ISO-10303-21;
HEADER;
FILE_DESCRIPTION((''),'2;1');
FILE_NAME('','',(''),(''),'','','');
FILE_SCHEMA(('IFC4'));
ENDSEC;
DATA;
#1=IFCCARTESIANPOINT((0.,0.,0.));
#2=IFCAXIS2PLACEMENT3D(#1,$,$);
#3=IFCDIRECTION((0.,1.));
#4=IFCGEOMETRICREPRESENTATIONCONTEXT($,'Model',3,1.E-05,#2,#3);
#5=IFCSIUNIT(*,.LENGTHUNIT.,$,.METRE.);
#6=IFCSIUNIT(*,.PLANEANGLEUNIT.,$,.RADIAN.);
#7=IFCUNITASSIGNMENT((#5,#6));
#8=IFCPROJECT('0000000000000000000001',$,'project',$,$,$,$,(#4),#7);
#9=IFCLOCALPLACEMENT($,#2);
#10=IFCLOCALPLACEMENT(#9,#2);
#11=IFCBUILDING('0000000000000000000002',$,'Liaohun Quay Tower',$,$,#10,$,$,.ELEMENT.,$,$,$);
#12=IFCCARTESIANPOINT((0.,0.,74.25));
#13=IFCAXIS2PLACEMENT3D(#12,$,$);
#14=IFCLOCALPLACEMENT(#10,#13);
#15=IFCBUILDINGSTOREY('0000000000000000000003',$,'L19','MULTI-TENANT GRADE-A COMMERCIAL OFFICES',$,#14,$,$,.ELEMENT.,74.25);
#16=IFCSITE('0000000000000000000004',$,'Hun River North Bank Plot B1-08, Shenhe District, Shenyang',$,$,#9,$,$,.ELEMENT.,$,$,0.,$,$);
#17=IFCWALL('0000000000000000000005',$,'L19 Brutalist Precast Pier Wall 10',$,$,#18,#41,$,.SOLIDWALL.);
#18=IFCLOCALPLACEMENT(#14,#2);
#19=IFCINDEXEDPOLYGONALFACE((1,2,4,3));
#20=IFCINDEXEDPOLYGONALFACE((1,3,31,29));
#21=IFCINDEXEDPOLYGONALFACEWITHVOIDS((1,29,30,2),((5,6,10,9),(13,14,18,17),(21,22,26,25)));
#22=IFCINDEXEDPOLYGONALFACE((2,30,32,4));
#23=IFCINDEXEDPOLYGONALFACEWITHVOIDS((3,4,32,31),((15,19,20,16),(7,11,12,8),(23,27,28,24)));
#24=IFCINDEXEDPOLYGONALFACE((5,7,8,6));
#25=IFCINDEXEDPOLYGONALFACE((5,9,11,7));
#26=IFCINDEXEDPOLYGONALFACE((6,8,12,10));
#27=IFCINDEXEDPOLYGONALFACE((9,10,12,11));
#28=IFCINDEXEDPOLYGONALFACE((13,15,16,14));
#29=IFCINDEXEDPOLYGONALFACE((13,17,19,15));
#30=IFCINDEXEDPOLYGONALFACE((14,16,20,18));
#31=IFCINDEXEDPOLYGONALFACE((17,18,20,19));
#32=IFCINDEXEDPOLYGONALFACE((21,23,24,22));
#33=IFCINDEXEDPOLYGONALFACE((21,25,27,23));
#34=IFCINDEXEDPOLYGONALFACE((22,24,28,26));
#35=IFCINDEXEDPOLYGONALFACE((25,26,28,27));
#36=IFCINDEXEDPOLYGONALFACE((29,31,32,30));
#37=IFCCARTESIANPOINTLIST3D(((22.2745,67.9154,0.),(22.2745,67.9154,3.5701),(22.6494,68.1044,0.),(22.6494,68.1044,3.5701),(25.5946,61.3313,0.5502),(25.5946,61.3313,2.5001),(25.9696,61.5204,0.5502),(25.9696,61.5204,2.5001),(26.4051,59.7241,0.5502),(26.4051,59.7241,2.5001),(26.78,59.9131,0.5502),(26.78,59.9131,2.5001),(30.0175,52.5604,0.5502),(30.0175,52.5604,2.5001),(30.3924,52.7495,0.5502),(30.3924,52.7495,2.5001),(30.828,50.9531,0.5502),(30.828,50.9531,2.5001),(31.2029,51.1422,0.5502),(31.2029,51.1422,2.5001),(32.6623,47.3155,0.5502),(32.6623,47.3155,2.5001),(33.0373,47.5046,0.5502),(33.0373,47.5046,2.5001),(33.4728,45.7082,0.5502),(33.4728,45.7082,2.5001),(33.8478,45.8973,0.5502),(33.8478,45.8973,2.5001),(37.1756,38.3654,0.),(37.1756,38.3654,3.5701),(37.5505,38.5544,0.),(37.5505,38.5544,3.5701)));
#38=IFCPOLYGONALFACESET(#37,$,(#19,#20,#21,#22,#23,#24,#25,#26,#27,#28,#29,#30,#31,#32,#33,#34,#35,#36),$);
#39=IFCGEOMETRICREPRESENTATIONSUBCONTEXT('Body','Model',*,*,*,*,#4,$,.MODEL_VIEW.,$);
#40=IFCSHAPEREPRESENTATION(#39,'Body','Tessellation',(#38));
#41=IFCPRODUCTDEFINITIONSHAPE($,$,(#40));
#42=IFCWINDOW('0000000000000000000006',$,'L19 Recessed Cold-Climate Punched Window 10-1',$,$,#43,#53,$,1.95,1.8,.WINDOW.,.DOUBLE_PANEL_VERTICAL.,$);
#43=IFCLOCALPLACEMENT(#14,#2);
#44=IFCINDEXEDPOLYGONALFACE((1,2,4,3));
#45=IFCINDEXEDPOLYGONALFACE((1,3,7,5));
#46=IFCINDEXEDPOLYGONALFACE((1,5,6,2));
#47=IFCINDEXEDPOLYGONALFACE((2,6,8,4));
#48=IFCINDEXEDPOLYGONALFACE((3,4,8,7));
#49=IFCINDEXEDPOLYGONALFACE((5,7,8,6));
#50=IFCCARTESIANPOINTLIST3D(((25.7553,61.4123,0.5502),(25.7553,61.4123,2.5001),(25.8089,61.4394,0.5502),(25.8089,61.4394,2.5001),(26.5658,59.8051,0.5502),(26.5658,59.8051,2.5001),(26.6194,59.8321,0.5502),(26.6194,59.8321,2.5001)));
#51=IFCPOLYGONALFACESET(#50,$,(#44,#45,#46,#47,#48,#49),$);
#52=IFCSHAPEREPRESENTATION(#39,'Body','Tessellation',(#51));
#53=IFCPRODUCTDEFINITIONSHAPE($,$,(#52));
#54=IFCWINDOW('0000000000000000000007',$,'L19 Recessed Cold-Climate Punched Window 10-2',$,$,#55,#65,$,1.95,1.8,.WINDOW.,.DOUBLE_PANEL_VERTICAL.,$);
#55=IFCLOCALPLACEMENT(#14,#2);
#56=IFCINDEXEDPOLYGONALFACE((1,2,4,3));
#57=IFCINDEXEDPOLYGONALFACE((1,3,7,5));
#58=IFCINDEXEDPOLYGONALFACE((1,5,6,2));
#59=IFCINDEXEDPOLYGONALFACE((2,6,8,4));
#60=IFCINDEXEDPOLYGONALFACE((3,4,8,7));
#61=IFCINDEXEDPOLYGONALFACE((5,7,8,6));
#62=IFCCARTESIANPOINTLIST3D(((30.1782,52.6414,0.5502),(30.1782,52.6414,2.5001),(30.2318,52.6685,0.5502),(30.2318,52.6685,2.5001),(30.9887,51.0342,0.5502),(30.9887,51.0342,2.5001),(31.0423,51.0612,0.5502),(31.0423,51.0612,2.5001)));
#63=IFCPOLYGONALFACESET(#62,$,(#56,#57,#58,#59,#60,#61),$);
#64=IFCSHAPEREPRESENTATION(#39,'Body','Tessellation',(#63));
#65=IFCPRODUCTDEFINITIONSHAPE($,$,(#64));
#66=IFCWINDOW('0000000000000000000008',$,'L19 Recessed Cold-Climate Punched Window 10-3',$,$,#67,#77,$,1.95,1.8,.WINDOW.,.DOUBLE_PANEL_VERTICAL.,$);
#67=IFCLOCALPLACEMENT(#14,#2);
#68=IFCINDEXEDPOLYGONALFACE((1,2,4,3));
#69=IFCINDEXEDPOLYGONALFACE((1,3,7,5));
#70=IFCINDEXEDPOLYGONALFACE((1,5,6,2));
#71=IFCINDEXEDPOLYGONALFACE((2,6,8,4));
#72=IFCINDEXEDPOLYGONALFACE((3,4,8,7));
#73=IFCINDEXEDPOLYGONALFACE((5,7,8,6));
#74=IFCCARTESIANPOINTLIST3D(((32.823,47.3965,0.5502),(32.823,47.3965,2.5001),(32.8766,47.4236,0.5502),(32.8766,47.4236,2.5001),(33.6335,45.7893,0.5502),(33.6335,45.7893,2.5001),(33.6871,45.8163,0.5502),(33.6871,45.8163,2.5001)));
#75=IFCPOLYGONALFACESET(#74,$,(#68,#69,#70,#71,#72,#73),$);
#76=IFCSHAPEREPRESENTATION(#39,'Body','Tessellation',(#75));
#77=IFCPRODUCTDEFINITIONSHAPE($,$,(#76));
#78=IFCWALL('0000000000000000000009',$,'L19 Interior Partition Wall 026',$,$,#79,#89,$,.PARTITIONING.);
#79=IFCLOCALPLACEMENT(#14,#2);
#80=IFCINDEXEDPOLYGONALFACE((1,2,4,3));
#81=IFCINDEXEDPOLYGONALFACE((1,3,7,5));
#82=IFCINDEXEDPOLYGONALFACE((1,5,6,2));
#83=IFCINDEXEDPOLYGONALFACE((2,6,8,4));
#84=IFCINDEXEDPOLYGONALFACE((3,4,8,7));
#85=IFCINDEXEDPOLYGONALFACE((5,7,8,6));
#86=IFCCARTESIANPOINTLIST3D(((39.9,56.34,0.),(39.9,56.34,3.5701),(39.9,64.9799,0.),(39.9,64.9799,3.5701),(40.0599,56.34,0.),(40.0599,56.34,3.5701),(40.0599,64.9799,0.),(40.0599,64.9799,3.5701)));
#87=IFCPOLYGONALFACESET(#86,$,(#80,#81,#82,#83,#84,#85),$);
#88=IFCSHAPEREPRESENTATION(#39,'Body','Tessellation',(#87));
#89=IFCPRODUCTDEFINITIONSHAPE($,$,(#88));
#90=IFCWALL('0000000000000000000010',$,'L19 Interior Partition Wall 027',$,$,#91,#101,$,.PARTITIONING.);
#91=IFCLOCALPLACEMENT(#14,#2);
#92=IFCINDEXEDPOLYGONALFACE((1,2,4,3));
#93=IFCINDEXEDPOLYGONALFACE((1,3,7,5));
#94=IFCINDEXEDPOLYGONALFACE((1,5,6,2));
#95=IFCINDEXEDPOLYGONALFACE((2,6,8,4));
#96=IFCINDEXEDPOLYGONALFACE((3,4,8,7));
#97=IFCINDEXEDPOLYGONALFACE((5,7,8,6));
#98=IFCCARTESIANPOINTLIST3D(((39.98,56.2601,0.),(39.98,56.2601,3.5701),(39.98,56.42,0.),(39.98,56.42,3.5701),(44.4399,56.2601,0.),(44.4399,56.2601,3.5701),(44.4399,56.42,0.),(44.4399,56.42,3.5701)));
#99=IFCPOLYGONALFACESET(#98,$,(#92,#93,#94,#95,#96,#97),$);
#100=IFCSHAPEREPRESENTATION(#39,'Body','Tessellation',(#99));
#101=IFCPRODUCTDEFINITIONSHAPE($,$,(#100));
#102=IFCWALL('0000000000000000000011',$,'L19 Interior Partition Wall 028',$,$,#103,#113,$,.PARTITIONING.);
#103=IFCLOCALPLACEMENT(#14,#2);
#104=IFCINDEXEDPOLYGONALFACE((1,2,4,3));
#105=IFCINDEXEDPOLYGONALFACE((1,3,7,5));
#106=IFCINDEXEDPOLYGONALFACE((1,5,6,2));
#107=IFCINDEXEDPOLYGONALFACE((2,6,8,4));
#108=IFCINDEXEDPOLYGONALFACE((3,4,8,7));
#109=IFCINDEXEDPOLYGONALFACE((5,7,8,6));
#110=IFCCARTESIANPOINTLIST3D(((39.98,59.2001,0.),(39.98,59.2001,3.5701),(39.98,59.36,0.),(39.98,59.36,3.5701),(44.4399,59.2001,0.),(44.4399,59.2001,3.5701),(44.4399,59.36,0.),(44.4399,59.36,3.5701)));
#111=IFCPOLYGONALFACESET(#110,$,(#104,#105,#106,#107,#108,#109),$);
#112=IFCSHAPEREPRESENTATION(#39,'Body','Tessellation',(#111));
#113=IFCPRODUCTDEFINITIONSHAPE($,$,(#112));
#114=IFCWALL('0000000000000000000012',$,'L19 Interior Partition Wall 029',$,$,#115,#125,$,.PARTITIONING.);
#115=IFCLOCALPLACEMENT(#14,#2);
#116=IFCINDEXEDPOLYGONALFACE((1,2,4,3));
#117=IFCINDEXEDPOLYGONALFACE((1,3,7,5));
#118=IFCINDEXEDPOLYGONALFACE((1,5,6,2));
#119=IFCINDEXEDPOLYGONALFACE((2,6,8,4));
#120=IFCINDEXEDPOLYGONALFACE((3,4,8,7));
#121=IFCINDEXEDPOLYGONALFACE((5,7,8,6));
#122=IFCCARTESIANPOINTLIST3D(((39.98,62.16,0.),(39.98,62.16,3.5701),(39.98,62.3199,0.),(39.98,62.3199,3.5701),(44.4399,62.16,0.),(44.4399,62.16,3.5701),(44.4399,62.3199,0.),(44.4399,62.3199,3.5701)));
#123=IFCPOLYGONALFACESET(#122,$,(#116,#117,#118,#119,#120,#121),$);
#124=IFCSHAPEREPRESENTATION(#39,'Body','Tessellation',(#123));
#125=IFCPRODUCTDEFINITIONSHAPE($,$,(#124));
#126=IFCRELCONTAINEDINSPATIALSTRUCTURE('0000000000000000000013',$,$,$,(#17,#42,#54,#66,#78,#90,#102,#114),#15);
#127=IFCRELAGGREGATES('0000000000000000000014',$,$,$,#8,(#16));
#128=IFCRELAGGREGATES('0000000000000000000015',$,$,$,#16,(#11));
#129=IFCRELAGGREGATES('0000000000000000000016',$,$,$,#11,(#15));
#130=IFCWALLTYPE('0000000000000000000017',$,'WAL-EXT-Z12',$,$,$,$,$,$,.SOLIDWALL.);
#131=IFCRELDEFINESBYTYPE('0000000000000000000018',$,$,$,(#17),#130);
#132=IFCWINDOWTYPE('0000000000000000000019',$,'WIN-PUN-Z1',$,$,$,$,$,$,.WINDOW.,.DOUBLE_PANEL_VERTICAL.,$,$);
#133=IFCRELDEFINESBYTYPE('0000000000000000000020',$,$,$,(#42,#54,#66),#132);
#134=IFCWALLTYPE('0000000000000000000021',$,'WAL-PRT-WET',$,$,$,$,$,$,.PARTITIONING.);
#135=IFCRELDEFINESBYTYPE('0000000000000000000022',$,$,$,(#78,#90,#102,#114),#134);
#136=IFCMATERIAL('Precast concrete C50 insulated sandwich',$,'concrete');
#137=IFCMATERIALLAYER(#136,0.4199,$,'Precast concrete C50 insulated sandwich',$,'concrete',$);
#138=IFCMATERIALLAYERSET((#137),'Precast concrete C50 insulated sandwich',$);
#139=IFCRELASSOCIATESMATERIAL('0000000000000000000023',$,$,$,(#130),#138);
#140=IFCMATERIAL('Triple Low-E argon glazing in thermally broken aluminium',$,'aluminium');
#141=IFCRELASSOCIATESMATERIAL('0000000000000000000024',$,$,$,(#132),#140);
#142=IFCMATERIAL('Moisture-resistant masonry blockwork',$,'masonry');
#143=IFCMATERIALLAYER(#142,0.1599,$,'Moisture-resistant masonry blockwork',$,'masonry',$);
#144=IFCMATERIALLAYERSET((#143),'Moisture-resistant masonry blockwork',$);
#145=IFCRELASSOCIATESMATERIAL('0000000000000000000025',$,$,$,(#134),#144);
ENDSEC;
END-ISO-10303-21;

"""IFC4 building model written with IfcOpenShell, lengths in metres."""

from ifc_helpers import new_model, si_unit, direction, frame, frame_2d, origin, place, context, subcontext, project, spatial, rectangle, extrude, source, transform, mapped, material, layer, layer_set, type_object, element, fill, save


model = new_model("IFC4")

# Units and contexts
model_context = context("Model", 3, precision=1e-05, world=origin(), true_north=direction((0.0, 1.0)))
body_context = subcontext(model_context, "Body", "Model", "MODEL_VIEW")
ifc_project = project(units=[si_unit("LENGTHUNIT", "METRE"), si_unit("PLANEANGLEUNIT", "RADIAN")], contexts=[model_context])

# Site, building, storey
site_placement = place(None, origin())
site = spatial("IfcSite", under=ifc_project, at=site_placement, Name="Hun River North Bank Plot B1-08, Shenhe District, Shenyang", CompositionType="ELEMENT", RefElevation=0.0)
building_placement = place(site_placement, origin())
building = spatial("IfcBuilding", under=site, at=building_placement, Name="Liaohun Quay Tower", CompositionType="ELEMENT")
storey_placement = place(building_placement, frame((0.0, 0.0, 74.25)))
storey = spatial("IfcBuildingStorey", under=building, at=storey_placement, Name="L19", Description="MULTI-TENANT GRADE-A COMMERCIAL OFFICES", CompositionType="ELEMENT", Elevation=74.25)

# Shared definitions
ifc_material_1 = material(Name="Precast concrete C50 insulated sandwich", Category="concrete")
ifc_layer_1 = layer(ifc_material_1, 0.4199, Name="Precast concrete C50 insulated sandwich", Category="concrete")
ifc_layer_set_1 = layer_set([ifc_layer_1], Name="Precast concrete C50 insulated sandwich")
wall_type_1 = type_object("IfcWallType", Name="WAL-EXT-Z12", PredefinedType="SOLIDWALL", material=ifc_layer_set_1)

# Wall, openings, windows
wall_1_placement = place(storey_placement, frame((22.4619, 68.01, 0.0), z_axis=(0.0, 0.0, 1.0), x_axis=(0.450259, -0.892898, 0.0)))
wall_1 = element("IfcWall", 1, at=wall_1_placement, inside=storey, type_object=wall_type_1, Name="L19 Brutalist Precast Pier Wall 10", PredefinedType="SOLIDWALL", context=body_context, shape_type="SweptSolid", body=[
    extrude(rectangle(XDim=33.0945, YDim=0.4199, at=frame_2d((16.5474, 0.0))), origin(), (0.0, 0.0, 1.0), 3.5701),
])
shared_shape_1 = source(origin(), body_context, "Body", "SweptSolid", [
    extrude(rectangle(XDim=1.8, YDim=1.95, at=frame_2d((0.8999, 0.9751))), frame((0.0, 0.22, 0.0), z_axis=(0.0, -1.0, 0.0), x_axis=(1.0, 0.0, 0.0)), (0.0, 0.0, 1.0), 0.4399),
])
opening_1_placement = place(wall_1_placement, frame((7.374, 0.0, 0.55)))
opening_1 = element("IfcOpeningElement", 2, at=opening_1_placement, cuts=wall_1, PredefinedType="OPENING", context=body_context, shape_type="MappedRepresentation", body=[
    mapped(shared_shape_1, transform((0.0, 0.0, 0.0), x_axis=(1.0, 0.0, 0.0), y_axis=(0.0, 1.0, 0.0), z_axis=(0.0, 0.0, 1.0), scale=1.0)),
])
opening_2_placement = place(wall_1_placement, frame((17.197, 0.0, 0.55)))
opening_2 = element("IfcOpeningElement", 3, at=opening_2_placement, cuts=wall_1, PredefinedType="OPENING", context=body_context, shape_type="MappedRepresentation", body=[
    mapped(shared_shape_1, transform((0.0, 0.0, 0.0), x_axis=(1.0, 0.0, 0.0), y_axis=(0.0, 1.0, 0.0), z_axis=(0.0, 0.0, 1.0), scale=1.0)),
])
opening_3_placement = place(wall_1_placement, frame((23.071, 0.0, 0.55)))
opening_3 = element("IfcOpeningElement", 4, at=opening_3_placement, cuts=wall_1, PredefinedType="OPENING", context=body_context, shape_type="MappedRepresentation", body=[
    mapped(shared_shape_1, transform((0.0, 0.0, 0.0), x_axis=(1.0, 0.0, 0.0), y_axis=(0.0, 1.0, 0.0), z_axis=(0.0, 0.0, 1.0), scale=1.0)),
])
ifc_material_2 = material(Name="Triple Low-E argon glazing in thermally broken aluminium", Category="aluminium")
window_type_1 = type_object("IfcWindowType", Name="WIN-PUN-Z1", PartitioningType="DOUBLE_PANEL_VERTICAL", PredefinedType="WINDOW", material=ifc_material_2)
shared_shape_2 = source(origin(), body_context, "Body", "SweptSolid", [
    extrude(rectangle(XDim=1.8, YDim=1.95, at=frame_2d((0.8999, 0.9751))), frame((0.0, 0.03, 0.0), z_axis=(0.0, -1.0, 0.0), x_axis=(1.0, 0.0, 0.0)), (0.0, 0.0, 1.0), 0.0601),
])
window_1_placement = place(opening_1_placement, origin())
window_1 = element("IfcWindow", 5, at=window_1_placement, inside=storey, type_object=window_type_1, Name="L19 Recessed Cold-Climate Punched Window 10-1", OverallHeight=1.95, OverallWidth=1.8, PartitioningType="DOUBLE_PANEL_VERTICAL", PredefinedType="WINDOW", context=body_context, shape_type="MappedRepresentation", body=[
    mapped(shared_shape_2, transform((0.0, 0.0, 0.0), x_axis=(1.0, 0.0, 0.0), y_axis=(0.0, 1.0, 0.0), z_axis=(0.0, 0.0, 1.0), scale=1.0)),
])
fill(opening_1, window_1)
window_2_placement = place(opening_2_placement, origin())
window_2 = element("IfcWindow", 6, at=window_2_placement, inside=storey, type_object=window_type_1, Name="L19 Recessed Cold-Climate Punched Window 10-2", OverallHeight=1.95, OverallWidth=1.8, PartitioningType="DOUBLE_PANEL_VERTICAL", PredefinedType="WINDOW", context=body_context, shape_type="MappedRepresentation", body=[
    mapped(shared_shape_2, transform((0.0, 0.0, 0.0), x_axis=(1.0, 0.0, 0.0), y_axis=(0.0, 1.0, 0.0), z_axis=(0.0, 0.0, 1.0), scale=1.0)),
])
fill(opening_2, window_2)
window_3_placement = place(opening_3_placement, origin())
window_3 = element("IfcWindow", 7, at=window_3_placement, inside=storey, type_object=window_type_1, Name="L19 Recessed Cold-Climate Punched Window 10-3", OverallHeight=1.95, OverallWidth=1.8, PartitioningType="DOUBLE_PANEL_VERTICAL", PredefinedType="WINDOW", context=body_context, shape_type="MappedRepresentation", body=[
    mapped(shared_shape_2, transform((0.0, 0.0, 0.0), x_axis=(1.0, 0.0, 0.0), y_axis=(0.0, 1.0, 0.0), z_axis=(0.0, 0.0, 1.0), scale=1.0)),
])
fill(opening_3, window_3)

# Walls
ifc_material_3 = material(Name="Moisture-resistant masonry blockwork", Category="masonry")
ifc_layer_2 = layer(ifc_material_3, 0.1599, Name="Moisture-resistant masonry blockwork", Category="masonry")
ifc_layer_set_2 = layer_set([ifc_layer_2], Name="Moisture-resistant masonry blockwork")
wall_type_2 = type_object("IfcWallType", Name="WAL-PRT-WET", PredefinedType="PARTITIONING", material=ifc_layer_set_2)
wall_2_placement = place(storey_placement, frame((39.98, 56.3401, 0.0), z_axis=(0.0, 0.0, 1.0), x_axis=(0.0, 1.0, 0.0)))
element("IfcWall", 8, at=wall_2_placement, inside=storey, type_object=wall_type_2, Name="L19 Interior Partition Wall 026", PredefinedType="PARTITIONING", context=body_context, shape_type="SweptSolid", body=[
    extrude(rectangle(XDim=8.6399, YDim=0.1599, at=frame_2d((4.3198, 0.0))), origin(), (0.0, 0.0, 1.0), 3.5701),
])
for number, where, z_axis, x_axis, name in (
    (9, (39.98, 56.3401, 0.0), (0.0, 0.0, 1.0), (1.0, 0.0, 0.0), "L19 Interior Partition Wall 027"),
    (10, (39.98, 59.28, 0.0), (0.0, 0.0, 1.0), (1.0, 0.0, 0.0), "L19 Interior Partition Wall 028"),
    (11, (39.98, 62.24, 0.0), (0.0, 0.0, 1.0), (1.0, 0.0, 0.0), "L19 Interior Partition Wall 029"),
):
    element("IfcWall", number, at=place(storey_placement, frame(where, z_axis=z_axis, x_axis=x_axis)), inside=storey, type_object=wall_type_2, Name=name, PredefinedType="PARTITIONING", context=body_context, shape_type="SweptSolid", body=[
        extrude(rectangle(XDim=4.46, YDim=0.1599, at=frame_2d((2.23, 0.0))), origin(), (0.0, 0.0, 1.0), 3.5701),
    ])

save(model, "model.ifc")
